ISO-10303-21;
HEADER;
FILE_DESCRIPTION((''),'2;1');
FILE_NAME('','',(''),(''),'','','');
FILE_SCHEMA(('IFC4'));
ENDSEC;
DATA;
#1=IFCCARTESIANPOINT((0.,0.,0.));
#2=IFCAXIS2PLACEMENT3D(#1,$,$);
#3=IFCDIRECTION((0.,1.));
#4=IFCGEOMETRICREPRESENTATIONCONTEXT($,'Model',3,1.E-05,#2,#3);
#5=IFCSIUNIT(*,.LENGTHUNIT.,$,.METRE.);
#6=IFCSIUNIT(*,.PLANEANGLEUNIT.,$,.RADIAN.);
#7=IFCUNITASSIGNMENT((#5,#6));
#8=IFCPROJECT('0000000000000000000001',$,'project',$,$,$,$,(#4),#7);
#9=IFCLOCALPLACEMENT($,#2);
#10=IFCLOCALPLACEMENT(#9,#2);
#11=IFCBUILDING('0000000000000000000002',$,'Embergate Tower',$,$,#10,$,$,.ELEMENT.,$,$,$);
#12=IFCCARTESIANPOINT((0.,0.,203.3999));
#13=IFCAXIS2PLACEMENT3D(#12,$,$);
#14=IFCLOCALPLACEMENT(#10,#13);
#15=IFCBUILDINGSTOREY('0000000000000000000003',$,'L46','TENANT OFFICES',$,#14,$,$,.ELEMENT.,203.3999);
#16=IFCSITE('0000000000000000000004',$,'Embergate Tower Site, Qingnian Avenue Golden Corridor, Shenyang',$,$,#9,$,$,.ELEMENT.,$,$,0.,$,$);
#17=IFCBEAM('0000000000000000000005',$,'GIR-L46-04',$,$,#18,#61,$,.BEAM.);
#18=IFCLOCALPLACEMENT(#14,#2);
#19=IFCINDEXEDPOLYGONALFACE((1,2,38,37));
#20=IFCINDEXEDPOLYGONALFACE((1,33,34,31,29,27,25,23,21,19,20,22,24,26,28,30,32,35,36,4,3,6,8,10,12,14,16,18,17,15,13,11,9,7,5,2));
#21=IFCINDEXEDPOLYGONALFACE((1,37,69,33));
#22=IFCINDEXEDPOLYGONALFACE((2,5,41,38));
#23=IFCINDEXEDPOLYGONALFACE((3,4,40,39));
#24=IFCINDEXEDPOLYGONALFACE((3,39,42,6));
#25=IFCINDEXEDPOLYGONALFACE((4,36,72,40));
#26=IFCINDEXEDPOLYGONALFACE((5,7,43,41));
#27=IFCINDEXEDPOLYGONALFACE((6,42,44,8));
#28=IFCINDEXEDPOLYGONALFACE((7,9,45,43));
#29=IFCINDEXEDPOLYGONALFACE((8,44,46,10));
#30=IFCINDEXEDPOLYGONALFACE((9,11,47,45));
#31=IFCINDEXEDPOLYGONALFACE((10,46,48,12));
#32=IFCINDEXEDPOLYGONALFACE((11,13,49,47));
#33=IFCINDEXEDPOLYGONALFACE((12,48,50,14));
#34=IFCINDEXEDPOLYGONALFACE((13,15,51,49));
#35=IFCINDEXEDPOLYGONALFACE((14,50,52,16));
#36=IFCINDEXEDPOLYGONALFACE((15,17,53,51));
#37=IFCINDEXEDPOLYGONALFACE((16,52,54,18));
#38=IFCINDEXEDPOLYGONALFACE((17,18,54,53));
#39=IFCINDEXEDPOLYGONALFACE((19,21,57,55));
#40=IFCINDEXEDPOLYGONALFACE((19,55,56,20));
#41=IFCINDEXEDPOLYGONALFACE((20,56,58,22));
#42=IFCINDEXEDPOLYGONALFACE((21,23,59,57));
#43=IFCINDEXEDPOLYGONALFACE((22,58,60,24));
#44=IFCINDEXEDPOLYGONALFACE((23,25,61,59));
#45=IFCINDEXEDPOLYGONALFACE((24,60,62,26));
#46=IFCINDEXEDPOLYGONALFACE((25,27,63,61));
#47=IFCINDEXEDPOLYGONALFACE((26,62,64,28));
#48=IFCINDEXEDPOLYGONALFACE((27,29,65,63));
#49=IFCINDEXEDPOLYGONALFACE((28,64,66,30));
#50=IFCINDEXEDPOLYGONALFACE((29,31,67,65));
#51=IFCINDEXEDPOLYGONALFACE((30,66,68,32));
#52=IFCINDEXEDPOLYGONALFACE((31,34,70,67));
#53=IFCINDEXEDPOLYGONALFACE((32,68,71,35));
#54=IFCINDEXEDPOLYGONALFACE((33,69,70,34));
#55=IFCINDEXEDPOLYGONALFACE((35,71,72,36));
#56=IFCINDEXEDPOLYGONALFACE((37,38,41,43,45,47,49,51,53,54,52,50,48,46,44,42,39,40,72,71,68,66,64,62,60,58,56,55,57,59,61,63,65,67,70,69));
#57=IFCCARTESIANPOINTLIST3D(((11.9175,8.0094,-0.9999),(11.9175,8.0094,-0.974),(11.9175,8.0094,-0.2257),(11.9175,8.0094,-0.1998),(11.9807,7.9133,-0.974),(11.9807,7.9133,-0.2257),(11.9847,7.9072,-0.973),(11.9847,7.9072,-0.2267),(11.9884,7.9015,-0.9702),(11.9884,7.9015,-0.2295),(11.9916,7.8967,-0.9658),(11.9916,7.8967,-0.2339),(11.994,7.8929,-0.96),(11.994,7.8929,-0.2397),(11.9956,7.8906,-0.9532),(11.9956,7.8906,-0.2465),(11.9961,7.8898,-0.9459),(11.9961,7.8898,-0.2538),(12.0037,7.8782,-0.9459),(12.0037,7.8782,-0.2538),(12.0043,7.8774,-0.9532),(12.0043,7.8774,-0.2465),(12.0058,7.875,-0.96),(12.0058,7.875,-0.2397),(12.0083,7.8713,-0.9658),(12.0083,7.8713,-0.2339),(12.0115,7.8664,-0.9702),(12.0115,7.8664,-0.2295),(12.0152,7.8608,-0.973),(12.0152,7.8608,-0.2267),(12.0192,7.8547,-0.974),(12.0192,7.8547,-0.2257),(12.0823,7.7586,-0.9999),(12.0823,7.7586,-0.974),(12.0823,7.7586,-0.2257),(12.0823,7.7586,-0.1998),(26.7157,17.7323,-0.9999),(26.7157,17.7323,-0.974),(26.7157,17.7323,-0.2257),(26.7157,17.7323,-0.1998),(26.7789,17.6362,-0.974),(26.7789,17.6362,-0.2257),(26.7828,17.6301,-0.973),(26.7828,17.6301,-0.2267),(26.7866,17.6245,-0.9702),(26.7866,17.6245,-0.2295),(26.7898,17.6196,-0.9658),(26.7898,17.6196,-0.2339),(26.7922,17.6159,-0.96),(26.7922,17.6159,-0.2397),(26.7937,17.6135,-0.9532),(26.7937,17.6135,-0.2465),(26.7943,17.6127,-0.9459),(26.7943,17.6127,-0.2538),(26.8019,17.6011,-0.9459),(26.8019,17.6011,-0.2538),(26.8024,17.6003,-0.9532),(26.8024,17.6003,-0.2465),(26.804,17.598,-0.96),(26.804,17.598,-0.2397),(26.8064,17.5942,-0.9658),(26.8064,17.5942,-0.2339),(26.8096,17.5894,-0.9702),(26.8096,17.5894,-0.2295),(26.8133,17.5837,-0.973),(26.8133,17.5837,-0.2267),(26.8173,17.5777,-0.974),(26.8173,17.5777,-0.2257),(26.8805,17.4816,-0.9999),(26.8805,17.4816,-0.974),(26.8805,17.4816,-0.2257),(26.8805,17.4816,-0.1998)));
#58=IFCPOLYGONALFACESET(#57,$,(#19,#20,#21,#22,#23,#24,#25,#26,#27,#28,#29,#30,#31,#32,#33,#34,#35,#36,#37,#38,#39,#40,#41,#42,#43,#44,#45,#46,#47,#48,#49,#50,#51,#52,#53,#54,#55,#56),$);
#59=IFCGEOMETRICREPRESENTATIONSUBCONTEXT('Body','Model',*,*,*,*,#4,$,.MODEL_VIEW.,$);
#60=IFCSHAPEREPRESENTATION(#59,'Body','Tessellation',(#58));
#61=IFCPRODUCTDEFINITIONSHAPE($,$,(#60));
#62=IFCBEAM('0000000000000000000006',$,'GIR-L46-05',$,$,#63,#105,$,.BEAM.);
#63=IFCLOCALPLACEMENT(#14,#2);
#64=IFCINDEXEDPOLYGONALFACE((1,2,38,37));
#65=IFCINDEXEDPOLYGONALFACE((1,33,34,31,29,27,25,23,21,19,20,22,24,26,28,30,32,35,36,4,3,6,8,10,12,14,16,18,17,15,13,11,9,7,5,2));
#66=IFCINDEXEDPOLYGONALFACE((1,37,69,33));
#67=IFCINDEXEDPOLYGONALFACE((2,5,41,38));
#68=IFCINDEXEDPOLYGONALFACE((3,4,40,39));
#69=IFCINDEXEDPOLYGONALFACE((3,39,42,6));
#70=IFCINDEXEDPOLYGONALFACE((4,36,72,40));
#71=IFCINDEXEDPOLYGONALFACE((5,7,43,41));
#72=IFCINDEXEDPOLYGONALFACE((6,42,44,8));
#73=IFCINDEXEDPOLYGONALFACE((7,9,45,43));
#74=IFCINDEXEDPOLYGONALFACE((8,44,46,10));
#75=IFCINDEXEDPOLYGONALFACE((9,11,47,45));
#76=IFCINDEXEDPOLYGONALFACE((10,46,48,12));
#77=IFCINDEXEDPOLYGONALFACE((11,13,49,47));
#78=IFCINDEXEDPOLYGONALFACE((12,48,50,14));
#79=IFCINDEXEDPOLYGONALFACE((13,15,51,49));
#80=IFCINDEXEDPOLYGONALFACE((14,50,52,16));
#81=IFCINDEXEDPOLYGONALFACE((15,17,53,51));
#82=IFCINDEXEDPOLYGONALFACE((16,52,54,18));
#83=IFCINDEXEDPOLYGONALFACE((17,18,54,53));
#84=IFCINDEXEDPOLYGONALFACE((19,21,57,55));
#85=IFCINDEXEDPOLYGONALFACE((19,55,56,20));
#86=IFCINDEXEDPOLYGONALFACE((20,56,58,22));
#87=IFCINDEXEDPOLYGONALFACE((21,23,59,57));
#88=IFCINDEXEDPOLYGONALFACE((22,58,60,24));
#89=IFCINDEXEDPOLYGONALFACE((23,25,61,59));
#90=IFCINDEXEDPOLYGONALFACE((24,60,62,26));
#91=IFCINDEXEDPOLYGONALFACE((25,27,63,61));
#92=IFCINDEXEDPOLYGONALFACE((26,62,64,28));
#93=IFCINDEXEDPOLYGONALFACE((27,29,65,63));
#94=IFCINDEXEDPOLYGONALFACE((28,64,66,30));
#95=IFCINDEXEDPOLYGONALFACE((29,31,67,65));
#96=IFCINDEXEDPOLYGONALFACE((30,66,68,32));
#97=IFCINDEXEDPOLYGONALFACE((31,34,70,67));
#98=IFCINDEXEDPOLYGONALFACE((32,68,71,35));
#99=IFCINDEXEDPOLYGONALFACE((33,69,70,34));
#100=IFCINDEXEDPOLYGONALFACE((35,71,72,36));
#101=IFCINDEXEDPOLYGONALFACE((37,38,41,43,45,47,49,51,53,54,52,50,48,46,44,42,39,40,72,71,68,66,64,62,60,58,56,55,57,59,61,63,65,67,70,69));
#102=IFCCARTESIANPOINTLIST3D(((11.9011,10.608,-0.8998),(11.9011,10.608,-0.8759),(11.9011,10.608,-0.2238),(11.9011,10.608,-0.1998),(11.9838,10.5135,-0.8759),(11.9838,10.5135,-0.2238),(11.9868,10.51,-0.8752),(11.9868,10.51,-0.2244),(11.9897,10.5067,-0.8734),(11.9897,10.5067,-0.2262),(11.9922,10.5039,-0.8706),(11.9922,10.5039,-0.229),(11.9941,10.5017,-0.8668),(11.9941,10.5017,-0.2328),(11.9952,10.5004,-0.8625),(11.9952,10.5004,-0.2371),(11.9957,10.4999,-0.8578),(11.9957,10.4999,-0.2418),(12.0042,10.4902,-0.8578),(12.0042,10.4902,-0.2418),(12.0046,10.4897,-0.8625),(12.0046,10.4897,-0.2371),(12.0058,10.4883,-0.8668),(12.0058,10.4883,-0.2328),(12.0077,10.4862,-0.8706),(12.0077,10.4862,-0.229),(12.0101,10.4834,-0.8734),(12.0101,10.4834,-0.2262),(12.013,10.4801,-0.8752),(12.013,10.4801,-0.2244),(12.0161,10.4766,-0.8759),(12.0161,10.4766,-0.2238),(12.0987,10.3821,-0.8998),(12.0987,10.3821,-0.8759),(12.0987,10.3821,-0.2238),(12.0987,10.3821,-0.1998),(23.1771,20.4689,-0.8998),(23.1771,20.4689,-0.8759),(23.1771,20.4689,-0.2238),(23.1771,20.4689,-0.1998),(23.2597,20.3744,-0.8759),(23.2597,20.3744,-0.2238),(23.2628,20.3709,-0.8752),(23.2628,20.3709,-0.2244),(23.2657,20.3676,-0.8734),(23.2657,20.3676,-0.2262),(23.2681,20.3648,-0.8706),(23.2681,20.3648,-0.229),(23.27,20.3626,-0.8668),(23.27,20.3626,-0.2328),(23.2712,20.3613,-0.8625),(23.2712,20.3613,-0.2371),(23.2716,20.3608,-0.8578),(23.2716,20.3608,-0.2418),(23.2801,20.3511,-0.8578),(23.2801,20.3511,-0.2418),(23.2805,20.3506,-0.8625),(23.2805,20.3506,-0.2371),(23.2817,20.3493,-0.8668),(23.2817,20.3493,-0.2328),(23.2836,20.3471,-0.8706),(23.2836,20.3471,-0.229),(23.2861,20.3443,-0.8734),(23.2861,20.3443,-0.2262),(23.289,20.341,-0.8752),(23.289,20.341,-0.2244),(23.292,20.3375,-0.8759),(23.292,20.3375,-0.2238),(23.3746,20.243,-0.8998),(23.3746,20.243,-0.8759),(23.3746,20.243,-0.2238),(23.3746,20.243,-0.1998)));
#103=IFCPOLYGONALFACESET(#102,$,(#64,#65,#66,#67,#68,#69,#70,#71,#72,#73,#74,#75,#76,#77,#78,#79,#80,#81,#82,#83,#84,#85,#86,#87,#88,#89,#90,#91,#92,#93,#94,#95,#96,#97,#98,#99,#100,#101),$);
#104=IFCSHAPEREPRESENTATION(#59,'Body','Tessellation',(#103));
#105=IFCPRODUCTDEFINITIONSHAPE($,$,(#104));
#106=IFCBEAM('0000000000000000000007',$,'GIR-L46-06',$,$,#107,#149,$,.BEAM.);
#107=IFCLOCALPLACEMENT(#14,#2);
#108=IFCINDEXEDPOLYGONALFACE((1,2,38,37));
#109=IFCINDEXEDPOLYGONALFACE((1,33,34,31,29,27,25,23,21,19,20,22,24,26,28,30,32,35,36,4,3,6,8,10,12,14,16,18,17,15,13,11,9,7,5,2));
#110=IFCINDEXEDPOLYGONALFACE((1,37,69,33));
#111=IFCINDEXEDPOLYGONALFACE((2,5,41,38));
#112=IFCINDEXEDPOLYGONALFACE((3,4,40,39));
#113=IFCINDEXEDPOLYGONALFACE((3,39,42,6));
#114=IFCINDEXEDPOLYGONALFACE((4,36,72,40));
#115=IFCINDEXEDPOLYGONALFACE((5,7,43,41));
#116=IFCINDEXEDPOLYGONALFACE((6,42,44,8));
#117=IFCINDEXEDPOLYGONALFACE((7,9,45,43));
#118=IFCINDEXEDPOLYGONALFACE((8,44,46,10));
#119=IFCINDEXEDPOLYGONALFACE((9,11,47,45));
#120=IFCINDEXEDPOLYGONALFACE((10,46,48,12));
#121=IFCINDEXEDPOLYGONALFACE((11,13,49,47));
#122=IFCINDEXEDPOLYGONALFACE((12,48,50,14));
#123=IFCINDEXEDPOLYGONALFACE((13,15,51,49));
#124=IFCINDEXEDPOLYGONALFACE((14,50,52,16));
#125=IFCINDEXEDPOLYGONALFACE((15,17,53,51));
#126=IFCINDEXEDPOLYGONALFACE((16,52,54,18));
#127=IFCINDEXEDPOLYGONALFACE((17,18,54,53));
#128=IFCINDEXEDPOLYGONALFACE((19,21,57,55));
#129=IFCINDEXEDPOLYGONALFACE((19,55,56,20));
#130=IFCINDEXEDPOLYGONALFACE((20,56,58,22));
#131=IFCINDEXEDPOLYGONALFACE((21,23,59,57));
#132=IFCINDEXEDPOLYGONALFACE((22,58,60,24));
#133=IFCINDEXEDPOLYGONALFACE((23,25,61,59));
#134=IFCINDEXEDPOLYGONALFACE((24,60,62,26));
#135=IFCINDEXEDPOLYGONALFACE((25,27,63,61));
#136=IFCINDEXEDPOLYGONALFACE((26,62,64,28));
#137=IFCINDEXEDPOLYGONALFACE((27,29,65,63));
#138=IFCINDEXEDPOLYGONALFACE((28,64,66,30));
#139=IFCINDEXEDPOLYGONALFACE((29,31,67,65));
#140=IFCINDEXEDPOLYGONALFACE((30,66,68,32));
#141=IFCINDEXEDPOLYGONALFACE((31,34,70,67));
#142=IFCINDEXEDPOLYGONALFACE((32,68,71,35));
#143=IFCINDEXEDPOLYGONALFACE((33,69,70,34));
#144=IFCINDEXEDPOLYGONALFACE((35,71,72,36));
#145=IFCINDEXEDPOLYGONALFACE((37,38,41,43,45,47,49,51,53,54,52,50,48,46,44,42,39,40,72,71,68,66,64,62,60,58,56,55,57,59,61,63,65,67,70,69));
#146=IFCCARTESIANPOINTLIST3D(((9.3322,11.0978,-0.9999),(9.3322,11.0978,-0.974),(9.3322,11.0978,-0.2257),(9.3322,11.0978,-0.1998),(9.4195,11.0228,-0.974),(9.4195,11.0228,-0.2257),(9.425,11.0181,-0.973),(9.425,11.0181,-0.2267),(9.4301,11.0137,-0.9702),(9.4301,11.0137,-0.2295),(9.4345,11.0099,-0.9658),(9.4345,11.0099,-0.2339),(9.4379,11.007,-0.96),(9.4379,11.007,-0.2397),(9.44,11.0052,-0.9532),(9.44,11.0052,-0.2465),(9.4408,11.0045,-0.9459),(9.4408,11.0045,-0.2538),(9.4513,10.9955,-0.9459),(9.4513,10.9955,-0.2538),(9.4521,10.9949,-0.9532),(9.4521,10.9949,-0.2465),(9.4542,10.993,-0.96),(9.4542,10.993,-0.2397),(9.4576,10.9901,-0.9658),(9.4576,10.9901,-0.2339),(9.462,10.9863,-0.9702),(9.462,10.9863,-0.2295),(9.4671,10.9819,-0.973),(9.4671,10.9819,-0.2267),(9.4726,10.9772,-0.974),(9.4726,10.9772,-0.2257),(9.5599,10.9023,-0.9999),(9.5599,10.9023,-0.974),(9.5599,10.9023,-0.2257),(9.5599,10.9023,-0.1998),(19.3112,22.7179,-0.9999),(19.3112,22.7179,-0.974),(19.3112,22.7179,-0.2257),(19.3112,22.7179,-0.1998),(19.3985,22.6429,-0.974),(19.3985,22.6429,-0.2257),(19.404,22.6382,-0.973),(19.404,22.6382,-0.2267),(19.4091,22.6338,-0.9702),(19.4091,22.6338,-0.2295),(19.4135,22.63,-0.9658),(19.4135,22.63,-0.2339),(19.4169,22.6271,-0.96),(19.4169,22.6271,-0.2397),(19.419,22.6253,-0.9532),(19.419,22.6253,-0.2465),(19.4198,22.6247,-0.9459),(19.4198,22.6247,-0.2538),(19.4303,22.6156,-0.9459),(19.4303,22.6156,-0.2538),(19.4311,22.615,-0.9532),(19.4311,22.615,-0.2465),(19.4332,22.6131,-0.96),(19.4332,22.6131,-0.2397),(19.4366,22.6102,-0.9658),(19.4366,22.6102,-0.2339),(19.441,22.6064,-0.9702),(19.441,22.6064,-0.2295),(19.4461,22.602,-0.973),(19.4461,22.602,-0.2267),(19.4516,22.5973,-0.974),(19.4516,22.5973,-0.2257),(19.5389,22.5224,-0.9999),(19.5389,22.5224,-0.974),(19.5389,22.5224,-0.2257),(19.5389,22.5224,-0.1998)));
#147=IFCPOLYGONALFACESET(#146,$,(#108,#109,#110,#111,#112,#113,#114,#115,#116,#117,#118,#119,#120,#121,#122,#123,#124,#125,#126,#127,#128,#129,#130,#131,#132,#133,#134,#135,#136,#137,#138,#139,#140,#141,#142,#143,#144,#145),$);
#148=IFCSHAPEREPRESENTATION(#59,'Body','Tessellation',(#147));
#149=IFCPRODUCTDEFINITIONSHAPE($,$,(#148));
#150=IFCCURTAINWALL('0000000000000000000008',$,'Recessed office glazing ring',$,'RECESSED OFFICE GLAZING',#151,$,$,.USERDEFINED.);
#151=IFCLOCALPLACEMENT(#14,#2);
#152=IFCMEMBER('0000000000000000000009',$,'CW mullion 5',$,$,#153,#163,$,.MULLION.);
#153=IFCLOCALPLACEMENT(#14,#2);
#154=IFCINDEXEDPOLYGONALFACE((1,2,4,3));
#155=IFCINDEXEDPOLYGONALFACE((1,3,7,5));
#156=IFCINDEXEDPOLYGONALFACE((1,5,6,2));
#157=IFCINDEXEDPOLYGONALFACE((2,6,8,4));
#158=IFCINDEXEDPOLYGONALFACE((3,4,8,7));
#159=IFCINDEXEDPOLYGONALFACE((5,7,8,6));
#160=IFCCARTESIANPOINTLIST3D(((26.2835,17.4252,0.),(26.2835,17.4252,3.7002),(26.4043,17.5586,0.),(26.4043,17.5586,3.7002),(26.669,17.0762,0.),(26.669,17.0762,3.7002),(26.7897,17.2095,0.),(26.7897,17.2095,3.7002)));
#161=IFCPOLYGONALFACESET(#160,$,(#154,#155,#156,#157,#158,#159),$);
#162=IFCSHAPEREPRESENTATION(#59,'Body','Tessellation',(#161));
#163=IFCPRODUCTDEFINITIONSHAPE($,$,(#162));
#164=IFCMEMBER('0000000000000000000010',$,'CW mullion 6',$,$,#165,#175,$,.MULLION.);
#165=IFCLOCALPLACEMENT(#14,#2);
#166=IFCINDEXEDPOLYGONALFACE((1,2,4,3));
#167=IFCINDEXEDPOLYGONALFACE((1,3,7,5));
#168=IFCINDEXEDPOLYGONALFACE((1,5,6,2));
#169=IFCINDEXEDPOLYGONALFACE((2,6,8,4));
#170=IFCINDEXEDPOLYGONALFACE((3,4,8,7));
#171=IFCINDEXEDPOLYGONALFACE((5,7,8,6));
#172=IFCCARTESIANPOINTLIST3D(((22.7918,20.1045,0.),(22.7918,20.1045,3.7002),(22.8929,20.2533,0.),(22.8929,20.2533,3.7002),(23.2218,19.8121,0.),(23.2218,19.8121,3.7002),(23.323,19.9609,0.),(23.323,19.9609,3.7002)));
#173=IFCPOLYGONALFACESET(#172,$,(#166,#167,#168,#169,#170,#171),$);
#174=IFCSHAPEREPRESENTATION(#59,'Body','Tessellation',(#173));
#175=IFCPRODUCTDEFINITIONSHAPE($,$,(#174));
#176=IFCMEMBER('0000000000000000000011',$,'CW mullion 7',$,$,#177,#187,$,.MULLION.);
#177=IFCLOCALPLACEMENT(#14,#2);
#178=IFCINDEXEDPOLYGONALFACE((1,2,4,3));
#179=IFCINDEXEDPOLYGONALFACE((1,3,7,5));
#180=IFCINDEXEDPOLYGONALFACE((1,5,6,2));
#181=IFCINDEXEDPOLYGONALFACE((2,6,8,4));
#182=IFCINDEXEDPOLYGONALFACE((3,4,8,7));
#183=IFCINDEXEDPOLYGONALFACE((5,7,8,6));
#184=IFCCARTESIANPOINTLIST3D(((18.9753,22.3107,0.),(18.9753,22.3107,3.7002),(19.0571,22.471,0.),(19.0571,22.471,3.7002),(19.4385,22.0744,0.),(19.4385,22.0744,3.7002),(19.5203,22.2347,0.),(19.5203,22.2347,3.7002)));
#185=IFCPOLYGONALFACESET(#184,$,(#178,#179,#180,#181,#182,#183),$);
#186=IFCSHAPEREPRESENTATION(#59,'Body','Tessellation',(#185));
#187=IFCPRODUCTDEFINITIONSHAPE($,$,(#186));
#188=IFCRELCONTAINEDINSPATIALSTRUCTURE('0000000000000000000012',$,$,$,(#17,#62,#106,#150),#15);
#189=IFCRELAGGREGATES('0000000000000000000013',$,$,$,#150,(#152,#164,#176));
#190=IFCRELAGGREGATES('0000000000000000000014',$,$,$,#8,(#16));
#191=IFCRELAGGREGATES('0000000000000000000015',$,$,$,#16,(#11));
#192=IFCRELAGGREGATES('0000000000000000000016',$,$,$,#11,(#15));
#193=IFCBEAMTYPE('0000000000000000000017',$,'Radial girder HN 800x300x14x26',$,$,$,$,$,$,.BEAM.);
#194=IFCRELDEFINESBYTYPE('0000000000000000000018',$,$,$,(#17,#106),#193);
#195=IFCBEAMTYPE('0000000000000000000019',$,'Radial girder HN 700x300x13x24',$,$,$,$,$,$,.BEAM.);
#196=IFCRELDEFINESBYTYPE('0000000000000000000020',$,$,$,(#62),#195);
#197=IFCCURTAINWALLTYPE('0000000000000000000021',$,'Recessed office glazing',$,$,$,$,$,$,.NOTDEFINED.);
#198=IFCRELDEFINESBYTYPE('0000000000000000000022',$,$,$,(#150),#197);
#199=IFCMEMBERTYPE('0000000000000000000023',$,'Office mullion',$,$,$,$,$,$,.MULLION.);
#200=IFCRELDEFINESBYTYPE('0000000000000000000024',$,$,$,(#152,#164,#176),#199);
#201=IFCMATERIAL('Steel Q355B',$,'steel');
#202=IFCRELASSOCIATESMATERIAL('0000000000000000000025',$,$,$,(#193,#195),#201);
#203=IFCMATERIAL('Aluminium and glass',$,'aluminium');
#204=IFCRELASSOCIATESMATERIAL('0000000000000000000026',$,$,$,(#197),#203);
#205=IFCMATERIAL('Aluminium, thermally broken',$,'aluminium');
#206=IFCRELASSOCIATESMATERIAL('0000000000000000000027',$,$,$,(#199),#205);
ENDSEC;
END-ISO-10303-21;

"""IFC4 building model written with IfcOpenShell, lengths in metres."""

from ifc_helpers import new_model, si_unit, direction, frame, origin, origin_2d, place, context, subcontext, project, spatial, rectangle, i_section, extrude, source, transform, mapped, material, material_profile, profile_set, type_object, element, aggregate, save


model = new_model("IFC4")

# Units and contexts
model_context = context("Model", 3, precision=1e-05, world=origin(), true_north=direction((0.0, 1.0)))
body_context = subcontext(model_context, "Body", "Model", "MODEL_VIEW")
ifc_project = project(units=[si_unit("LENGTHUNIT", "METRE"), si_unit("PLANEANGLEUNIT", "RADIAN")], contexts=[model_context])

# Site, building, storey
site_placement = place(None, origin())
site = spatial("IfcSite", under=ifc_project, at=site_placement, Name="Embergate Tower Site, Qingnian Avenue Golden Corridor, Shenyang", CompositionType="ELEMENT", RefElevation=0.0)
building_placement = place(site_placement, origin())
building = spatial("IfcBuilding", under=site, at=building_placement, Name="Embergate Tower", CompositionType="ELEMENT")
storey_placement = place(building_placement, frame((0.0, 0.0, 203.3999)))
storey = spatial("IfcBuildingStorey", under=building, at=storey_placement, Name="L46", Description="TENANT OFFICES", CompositionType="ELEMENT", Elevation=203.3999)

# Beams
ifc_material_1 = material(Name="Steel Q355B", Category="steel")
ifc_material_profile_1 = material_profile(ifc_material_1, i_section(OverallWidth=0.3, OverallDepth=0.8, WebThickness=0.0139, FlangeThickness=0.0259, FilletRadius=0.0281, at=origin_2d()), Name="HN 800x300x14x26")
ifc_profile_set_1 = profile_set([ifc_material_profile_1], Name="Steel Q355 grade B")
beam_type_1 = type_object("IfcBeamType", Name="Radial girder HN 800x300x14x26", PredefinedType="BEAM", material=ifc_profile_set_1)
shared_shape_1 = source(origin(), body_context, "Body", "SweptSolid", [
    extrude(i_section(OverallWidth=0.3, OverallDepth=0.8, WebThickness=0.0139, FlangeThickness=0.0259, FilletRadius=0.0281, at=origin_2d()), origin(), (0.0, 0.0, 1.0), 17.7065),
])
beam_1_placement = place(storey_placement, frame((26.7981, 17.6069, -0.5999), z_axis=(-0.835746, -0.549116, 0.0), x_axis=(0.549116, -0.835746, 0.0)))
element("IfcBeam", 1, at=beam_1_placement, inside=storey, type_object=beam_type_1, Name="GIR-L46-04", PredefinedType="BEAM", context=body_context, shape_type="MappedRepresentation", body=[
    mapped(shared_shape_1, transform((0.0, 0.0, 0.0))),
])
ifc_material_profile_2 = material_profile(ifc_material_1, i_section(OverallWidth=0.3, OverallDepth=0.7, WebThickness=0.0129, FlangeThickness=0.0239, FilletRadius=0.0181, at=origin_2d()), Name="HN 700x300x13x24")
ifc_profile_set_2 = profile_set([ifc_material_profile_2], Name="Steel Q355 grade B")
beam_type_2 = type_object("IfcBeamType", Name="Radial girder HN 700x300x13x24", PredefinedType="BEAM", material=ifc_profile_set_2)
shared_shape_2 = source(origin(), body_context, "Body", "SweptSolid", [
    extrude(i_section(OverallWidth=0.3, OverallDepth=0.7, WebThickness=0.0129, FlangeThickness=0.0239, FilletRadius=0.0181, at=origin_2d()), origin(), (0.0, 0.0, 1.0), 14.9795),
])
beam_2_placement = place(storey_placement, frame((23.2759, 20.356, -0.5498), z_axis=(-0.75276, -0.658295, 0.0), x_axis=(0.658295, -0.75276, 0.0)))
element("IfcBeam", 2, at=beam_2_placement, inside=storey, type_object=beam_type_2, Name="GIR-L46-05", PredefinedType="BEAM", context=body_context, shape_type="MappedRepresentation", body=[
    mapped(shared_shape_2, transform((0.0, 0.0, 0.0))),
])
shared_shape_3 = source(origin(), body_context, "Body", "SweptSolid", [
    extrude(i_section(OverallWidth=0.3, OverallDepth=0.8, WebThickness=0.0139, FlangeThickness=0.0259, FilletRadius=0.0281, at=origin_2d()), origin(), (0.0, 0.0, 1.0), 15.3169),
])
beam_3_placement = place(storey_placement, frame((19.425, 22.6201, -0.5999), z_axis=(-0.651503, -0.758646, 0.0), x_axis=(0.758646, -0.651503, 0.0)))
element("IfcBeam", 3, at=beam_3_placement, inside=storey, type_object=beam_type_1, Name="GIR-L46-06", PredefinedType="BEAM", context=body_context, shape_type="MappedRepresentation", body=[
    mapped(shared_shape_3, transform((0.0, 0.0, 0.0))),
])

# Curtain wall, members
ifc_material_2 = material(Name="Aluminium and glass", Category="aluminium")
curtain_wall_type = type_object("IfcCurtainWallType", Name="Recessed office glazing", PredefinedType="NOTDEFINED", material=ifc_material_2)
curtain_wall_placement = place(storey_placement, origin())
curtain_wall = element("IfcCurtainWall", 4, at=curtain_wall_placement, inside=storey, type_object=curtain_wall_type, Name="Recessed office glazing ring", ObjectType="RECESSED OFFICE GLAZING", PredefinedType="USERDEFINED")
ifc_material_3 = material(Name="Aluminium, thermally broken", Category="aluminium")
ifc_material_profile_3 = material_profile(ifc_material_3, rectangle(XDim=0.1799, YDim=0.52, at=origin_2d()), Name="AL 520x180")
ifc_profile_set_3 = profile_set([ifc_material_profile_3], Name="Aluminium, thermally broken")
member_type_1 = type_object("IfcMemberType", Name="Office mullion", PredefinedType="MULLION", material=ifc_profile_set_3)
shared_shape_4 = source(origin(), body_context, "Body", "SweptSolid", [
    extrude(rectangle(XDim=0.1799, YDim=0.52, at=origin_2d()), origin(), (0.0, 0.0, 1.0), 3.7002),
])
member_1_placement = place(storey_placement, frame((26.5366, 17.3174, 0.0), z_axis=(0.0, 0.0, 1.0), x_axis=(-0.671236, -0.741244, 0.0)))
member_1 = element("IfcMember", 5, at=member_1_placement, type_object=member_type_1, Name="CW mullion 5", PredefinedType="MULLION", context=body_context, shape_type="MappedRepresentation", body=[
    mapped(shared_shape_4, transform((0.0, 0.0, 0.0))),
])
member_2_placement = place(storey_placement, frame((23.0574, 20.0327, 0.0), z_axis=(0.0, 0.0, 1.0), x_axis=(-0.562226, -0.826983, 0.0)))
member_2 = element("IfcMember", 6, at=member_2_placement, type_object=member_type_1, Name="CW mullion 6", PredefinedType="MULLION", context=body_context, shape_type="MappedRepresentation", body=[
    mapped(shared_shape_4, transform((0.0, 0.0, 0.0))),
])
member_3_placement = place(storey_placement, frame((19.2478, 22.2727, 0.0), z_axis=(0.0, 0.0, 1.0), x_axis=(-0.454521, -0.890736, 0.0)))
member_3 = element("IfcMember", 7, at=member_3_placement, type_object=member_type_1, Name="CW mullion 7", PredefinedType="MULLION", context=body_context, shape_type="MappedRepresentation", body=[
    mapped(shared_shape_4, transform((0.0, 0.0, 0.0))),
])
aggregate(curtain_wall, [member_1, member_2, member_3])

save(model, "model.ifc")
